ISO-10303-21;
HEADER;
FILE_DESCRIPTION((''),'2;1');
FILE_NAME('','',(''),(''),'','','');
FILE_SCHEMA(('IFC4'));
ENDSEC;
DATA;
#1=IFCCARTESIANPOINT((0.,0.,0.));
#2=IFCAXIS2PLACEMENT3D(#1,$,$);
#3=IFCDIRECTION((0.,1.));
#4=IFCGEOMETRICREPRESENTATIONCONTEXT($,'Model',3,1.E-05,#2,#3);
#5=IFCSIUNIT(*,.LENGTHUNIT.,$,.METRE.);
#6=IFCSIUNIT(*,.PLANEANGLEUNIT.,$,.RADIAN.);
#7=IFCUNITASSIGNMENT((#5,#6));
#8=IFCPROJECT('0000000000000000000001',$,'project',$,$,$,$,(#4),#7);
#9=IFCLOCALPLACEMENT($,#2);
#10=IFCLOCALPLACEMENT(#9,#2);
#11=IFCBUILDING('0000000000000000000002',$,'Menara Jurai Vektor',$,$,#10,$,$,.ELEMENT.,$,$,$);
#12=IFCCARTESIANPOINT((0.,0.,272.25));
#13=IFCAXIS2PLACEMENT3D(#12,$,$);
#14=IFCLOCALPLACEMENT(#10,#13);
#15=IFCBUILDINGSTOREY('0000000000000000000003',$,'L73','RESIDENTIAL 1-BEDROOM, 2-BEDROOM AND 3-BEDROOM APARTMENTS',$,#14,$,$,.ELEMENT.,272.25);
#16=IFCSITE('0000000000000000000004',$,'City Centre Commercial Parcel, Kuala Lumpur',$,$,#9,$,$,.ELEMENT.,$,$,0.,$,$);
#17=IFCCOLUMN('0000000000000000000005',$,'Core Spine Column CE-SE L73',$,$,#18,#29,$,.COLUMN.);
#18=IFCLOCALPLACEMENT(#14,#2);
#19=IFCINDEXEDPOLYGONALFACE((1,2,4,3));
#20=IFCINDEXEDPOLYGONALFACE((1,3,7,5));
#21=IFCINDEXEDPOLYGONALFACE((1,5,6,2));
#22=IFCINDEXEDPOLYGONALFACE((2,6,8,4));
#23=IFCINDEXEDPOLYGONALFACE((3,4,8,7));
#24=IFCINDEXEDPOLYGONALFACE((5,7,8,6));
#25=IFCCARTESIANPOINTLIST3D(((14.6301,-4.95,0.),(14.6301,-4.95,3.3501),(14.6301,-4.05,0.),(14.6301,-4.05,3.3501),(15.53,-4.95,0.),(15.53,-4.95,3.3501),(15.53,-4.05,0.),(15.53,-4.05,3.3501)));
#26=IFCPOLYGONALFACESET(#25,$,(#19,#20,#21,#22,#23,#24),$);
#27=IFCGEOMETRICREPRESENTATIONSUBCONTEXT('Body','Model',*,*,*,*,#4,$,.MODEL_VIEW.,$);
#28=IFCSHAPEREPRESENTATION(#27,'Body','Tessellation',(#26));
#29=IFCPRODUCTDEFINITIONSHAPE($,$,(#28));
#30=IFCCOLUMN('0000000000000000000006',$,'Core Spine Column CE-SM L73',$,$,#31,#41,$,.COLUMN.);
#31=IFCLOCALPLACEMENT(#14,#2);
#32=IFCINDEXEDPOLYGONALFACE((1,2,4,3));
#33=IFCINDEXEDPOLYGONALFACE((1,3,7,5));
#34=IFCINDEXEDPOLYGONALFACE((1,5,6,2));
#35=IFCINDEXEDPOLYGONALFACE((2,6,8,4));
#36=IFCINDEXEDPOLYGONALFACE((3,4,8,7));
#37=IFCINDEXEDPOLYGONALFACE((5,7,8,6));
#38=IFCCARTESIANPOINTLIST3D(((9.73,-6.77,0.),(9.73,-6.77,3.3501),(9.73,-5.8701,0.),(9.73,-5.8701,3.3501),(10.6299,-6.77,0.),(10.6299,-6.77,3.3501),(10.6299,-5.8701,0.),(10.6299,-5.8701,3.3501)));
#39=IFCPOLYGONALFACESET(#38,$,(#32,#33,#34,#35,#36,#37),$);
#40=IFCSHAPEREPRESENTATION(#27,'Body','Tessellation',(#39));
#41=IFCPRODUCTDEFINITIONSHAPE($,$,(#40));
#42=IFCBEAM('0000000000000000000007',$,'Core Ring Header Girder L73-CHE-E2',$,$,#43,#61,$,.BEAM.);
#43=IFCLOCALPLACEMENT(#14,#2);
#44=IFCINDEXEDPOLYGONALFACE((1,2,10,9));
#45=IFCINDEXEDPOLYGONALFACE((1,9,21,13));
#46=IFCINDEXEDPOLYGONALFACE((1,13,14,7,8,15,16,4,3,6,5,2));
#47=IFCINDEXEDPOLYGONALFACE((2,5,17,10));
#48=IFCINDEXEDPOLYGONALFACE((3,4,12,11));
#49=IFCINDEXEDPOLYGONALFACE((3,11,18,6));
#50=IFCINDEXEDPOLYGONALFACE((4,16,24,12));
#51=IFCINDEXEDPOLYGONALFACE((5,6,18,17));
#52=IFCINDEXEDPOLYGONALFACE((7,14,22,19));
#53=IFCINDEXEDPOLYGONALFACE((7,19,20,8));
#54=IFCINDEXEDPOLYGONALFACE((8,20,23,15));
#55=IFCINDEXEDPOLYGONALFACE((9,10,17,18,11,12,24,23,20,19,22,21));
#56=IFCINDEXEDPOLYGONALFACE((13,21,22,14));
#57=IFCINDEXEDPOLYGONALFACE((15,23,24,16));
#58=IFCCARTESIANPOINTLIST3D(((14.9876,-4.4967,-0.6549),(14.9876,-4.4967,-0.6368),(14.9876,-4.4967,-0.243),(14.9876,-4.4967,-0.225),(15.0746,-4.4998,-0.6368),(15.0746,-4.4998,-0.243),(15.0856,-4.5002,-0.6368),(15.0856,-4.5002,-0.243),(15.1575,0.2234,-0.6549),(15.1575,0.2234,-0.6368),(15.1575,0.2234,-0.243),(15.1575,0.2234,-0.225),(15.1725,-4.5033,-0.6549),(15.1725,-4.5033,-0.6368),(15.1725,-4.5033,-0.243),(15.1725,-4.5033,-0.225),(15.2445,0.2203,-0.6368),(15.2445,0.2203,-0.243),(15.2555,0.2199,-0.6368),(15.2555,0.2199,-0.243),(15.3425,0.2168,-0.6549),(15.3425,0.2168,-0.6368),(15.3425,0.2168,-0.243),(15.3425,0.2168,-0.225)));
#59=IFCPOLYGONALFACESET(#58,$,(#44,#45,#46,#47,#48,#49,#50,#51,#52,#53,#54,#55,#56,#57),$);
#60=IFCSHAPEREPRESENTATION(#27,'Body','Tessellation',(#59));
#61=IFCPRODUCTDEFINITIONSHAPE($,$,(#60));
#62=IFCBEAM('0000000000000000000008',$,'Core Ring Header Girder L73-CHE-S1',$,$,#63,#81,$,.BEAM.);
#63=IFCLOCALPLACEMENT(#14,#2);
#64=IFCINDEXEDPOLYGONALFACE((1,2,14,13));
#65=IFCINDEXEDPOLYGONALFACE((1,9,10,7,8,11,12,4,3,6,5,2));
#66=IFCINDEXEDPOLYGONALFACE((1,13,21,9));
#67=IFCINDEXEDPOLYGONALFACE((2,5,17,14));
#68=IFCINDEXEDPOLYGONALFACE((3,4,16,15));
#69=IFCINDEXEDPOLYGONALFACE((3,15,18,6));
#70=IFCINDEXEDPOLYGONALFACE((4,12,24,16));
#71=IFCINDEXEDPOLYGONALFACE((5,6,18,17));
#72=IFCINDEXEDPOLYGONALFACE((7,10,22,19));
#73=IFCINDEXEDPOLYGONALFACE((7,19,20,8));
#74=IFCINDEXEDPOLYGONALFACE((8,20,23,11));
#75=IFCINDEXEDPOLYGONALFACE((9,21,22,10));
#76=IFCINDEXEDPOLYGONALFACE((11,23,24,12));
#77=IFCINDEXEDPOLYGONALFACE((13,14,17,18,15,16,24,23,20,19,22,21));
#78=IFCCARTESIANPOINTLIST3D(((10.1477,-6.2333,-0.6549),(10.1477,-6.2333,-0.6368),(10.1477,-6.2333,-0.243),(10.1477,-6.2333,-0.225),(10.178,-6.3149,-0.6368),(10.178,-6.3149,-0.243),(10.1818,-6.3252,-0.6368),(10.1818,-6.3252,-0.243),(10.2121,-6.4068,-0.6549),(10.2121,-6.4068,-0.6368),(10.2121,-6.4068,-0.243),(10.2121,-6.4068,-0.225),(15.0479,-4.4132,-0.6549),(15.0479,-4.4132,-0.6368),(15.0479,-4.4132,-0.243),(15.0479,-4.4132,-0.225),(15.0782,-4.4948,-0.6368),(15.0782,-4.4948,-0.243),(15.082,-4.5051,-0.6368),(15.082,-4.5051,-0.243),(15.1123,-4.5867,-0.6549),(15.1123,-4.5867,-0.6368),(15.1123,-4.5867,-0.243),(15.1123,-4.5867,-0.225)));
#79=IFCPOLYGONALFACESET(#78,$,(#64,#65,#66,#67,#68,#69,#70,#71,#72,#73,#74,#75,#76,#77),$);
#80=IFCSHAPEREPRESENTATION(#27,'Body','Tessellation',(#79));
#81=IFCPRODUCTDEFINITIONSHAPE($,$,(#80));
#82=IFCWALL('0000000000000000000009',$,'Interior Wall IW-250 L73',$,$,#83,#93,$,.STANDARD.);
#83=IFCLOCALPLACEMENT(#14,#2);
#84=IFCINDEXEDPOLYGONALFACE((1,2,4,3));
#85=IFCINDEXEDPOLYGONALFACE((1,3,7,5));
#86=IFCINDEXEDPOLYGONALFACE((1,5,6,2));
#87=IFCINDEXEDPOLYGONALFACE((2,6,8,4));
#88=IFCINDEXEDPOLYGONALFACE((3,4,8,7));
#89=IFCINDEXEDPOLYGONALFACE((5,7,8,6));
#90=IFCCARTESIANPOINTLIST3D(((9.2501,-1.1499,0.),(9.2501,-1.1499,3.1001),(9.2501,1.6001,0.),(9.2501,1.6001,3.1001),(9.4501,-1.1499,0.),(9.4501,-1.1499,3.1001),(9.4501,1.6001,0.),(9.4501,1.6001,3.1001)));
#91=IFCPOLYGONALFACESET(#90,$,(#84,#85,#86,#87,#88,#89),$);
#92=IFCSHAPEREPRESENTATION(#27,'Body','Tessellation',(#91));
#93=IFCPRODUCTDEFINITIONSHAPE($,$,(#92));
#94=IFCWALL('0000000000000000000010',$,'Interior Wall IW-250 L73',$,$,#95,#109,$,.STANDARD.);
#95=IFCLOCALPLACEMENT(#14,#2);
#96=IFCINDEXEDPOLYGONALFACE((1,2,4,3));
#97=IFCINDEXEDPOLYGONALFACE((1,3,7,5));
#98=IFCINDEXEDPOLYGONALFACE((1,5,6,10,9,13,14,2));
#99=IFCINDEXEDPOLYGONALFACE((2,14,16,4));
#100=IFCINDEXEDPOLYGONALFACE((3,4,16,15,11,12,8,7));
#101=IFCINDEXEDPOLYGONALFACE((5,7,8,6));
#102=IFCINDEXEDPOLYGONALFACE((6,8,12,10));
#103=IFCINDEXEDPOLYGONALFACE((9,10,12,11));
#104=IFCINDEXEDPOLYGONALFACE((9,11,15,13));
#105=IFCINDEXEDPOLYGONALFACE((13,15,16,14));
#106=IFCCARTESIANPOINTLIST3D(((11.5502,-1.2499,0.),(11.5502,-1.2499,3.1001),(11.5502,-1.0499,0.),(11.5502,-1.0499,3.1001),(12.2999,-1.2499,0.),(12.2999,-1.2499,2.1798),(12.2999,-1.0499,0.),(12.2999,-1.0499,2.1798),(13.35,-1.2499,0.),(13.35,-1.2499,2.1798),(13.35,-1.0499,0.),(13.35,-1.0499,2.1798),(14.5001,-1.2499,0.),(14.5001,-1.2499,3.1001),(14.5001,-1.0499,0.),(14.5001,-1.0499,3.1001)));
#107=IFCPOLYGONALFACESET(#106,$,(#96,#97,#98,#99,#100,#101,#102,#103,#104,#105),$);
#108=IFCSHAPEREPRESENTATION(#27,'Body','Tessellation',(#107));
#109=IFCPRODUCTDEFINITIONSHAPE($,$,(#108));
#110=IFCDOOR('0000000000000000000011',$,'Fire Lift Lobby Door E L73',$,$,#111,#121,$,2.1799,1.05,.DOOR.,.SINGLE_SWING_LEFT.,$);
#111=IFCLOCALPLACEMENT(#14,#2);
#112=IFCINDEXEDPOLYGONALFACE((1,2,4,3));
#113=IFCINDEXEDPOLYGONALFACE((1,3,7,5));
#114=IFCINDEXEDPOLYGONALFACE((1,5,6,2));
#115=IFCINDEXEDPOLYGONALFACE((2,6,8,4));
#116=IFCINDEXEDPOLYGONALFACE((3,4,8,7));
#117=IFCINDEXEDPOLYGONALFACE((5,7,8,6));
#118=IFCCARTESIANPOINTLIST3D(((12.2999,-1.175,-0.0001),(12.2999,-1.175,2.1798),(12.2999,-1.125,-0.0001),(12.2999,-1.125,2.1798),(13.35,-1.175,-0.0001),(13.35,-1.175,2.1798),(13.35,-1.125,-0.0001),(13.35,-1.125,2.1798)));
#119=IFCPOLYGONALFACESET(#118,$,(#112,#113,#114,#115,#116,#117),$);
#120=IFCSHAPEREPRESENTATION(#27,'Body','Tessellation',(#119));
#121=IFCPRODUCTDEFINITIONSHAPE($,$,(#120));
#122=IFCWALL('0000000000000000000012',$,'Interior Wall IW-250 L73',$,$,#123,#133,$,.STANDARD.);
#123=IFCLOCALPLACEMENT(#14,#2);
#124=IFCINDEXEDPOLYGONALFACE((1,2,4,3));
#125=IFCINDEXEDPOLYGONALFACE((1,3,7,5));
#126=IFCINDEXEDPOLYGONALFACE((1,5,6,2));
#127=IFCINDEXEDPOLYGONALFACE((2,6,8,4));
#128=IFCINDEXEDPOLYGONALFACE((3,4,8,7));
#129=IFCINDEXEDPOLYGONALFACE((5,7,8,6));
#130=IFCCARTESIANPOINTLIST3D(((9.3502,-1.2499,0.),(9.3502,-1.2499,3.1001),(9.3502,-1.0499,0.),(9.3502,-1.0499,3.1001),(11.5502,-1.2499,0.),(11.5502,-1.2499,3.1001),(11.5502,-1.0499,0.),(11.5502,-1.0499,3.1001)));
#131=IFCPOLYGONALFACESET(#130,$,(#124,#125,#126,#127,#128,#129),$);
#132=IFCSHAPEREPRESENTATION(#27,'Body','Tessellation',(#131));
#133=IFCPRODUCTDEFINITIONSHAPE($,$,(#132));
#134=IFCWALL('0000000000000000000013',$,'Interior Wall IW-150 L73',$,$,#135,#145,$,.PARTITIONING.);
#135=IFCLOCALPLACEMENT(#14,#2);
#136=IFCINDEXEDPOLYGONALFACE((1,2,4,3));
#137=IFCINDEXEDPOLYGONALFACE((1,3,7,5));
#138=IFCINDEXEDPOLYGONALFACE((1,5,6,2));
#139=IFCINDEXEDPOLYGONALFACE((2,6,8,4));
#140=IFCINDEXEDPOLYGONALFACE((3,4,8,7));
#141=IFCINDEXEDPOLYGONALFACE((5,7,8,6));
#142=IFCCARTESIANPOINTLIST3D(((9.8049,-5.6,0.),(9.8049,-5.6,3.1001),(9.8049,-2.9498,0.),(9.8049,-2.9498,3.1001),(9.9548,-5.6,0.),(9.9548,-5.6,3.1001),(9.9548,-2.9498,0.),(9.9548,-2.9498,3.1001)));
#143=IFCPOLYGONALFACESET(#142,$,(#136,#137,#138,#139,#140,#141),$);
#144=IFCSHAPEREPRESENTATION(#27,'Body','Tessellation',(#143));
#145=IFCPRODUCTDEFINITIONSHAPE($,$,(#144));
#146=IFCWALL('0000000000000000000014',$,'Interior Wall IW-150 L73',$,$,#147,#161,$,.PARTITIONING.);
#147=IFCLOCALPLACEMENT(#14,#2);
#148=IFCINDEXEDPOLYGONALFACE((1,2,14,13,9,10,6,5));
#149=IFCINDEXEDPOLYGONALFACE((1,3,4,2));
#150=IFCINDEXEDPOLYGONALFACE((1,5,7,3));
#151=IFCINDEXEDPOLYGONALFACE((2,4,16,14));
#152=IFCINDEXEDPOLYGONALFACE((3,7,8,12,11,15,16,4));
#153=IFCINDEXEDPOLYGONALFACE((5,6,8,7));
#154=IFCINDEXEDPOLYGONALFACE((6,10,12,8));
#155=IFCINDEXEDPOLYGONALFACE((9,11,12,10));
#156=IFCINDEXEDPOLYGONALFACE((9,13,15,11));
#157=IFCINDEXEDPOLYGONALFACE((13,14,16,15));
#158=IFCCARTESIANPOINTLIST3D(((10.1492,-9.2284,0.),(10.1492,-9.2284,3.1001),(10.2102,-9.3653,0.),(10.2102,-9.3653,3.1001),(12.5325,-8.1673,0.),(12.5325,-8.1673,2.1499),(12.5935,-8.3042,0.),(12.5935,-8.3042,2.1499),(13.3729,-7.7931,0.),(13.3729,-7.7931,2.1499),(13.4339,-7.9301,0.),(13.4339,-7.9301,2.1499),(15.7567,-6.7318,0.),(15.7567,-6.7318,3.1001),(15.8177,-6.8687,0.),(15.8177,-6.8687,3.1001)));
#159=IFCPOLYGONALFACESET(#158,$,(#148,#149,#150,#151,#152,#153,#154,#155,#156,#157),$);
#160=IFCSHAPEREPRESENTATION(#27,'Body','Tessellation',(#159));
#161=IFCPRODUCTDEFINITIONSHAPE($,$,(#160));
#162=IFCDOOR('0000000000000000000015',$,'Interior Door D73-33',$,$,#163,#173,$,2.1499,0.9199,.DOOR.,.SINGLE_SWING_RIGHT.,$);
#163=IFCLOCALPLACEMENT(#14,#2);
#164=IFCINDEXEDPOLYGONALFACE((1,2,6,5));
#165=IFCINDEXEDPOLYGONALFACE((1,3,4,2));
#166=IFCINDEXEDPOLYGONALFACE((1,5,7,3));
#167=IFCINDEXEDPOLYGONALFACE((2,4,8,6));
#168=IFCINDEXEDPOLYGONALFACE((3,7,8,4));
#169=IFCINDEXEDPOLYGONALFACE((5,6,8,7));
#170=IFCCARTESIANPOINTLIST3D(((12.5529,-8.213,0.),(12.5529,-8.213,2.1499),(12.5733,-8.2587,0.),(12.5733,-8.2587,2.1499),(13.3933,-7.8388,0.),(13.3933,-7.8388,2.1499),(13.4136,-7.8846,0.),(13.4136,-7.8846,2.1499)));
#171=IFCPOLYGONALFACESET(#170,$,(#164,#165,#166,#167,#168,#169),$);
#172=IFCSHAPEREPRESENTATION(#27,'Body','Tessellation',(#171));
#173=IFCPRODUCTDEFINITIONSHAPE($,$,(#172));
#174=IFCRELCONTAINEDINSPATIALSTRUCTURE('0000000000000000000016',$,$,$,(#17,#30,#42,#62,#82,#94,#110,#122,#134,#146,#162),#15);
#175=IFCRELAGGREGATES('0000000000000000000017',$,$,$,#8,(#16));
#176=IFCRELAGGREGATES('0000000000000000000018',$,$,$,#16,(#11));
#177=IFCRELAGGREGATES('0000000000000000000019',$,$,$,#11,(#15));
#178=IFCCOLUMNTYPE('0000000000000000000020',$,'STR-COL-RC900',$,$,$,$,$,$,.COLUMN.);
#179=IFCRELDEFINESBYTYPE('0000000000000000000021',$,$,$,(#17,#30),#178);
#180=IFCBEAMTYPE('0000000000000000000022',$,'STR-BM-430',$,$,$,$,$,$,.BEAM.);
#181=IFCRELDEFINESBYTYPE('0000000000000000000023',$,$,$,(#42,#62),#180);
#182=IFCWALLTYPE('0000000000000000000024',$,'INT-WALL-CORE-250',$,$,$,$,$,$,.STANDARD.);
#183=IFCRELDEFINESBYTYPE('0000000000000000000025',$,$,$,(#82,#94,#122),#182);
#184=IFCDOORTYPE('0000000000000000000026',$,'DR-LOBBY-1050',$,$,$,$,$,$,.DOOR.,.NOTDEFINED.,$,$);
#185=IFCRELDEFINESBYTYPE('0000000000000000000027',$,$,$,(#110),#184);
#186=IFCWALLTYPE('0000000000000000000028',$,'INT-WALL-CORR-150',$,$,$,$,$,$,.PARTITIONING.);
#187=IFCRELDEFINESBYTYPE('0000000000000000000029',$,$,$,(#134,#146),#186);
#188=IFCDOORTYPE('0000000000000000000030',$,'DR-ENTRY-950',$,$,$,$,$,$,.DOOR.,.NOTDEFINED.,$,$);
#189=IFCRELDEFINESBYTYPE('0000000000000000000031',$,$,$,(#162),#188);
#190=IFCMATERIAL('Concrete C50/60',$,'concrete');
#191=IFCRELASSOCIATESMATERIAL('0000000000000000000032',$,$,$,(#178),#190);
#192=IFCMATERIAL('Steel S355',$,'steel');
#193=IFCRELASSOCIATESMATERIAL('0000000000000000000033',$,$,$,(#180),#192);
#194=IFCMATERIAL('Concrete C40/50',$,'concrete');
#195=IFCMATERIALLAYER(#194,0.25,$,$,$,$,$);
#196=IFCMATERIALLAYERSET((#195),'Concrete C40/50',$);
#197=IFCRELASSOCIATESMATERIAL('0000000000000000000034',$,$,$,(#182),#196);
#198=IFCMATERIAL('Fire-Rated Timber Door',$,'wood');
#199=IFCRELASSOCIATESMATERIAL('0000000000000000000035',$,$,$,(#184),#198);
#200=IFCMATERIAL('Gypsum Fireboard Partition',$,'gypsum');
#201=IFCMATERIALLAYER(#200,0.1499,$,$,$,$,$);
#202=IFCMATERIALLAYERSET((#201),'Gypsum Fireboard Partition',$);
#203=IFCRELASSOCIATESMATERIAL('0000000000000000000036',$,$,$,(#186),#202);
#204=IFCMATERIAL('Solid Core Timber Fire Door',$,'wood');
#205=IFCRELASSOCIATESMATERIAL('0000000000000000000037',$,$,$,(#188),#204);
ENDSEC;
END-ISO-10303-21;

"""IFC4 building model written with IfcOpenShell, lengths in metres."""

from ifc_helpers import new_model, si_unit, direction, frame, frame_2d, origin, origin_2d, place, context, subcontext, project, spatial, rectangle, i_section, extrude, material, layer, layer_set, material_profile, profile_set, type_object, element, fill, save


model = new_model("IFC4")

# Units and contexts
model_context = context("Model", 3, precision=1e-05, world=origin(), true_north=direction((0.0, 1.0)))
body_context = subcontext(model_context, "Body", "Model", "MODEL_VIEW")
ifc_project = project(units=[si_unit("LENGTHUNIT", "METRE"), si_unit("PLANEANGLEUNIT", "RADIAN")], contexts=[model_context])

# Site, building, storey
site_placement = place(None, origin())
site = spatial("IfcSite", under=ifc_project, at=site_placement, Name="City Centre Commercial Parcel, Kuala Lumpur", CompositionType="ELEMENT", RefElevation=0.0)
building_placement = place(site_placement, origin())
building = spatial("IfcBuilding", under=site, at=building_placement, Name="Menara Jurai Vektor", CompositionType="ELEMENT")
storey_placement = place(building_placement, frame((0.0, 0.0, 272.25)))
storey = spatial("IfcBuildingStorey", under=building, at=storey_placement, Name="L73", Description="RESIDENTIAL 1-BEDROOM, 2-BEDROOM AND 3-BEDROOM APARTMENTS", CompositionType="ELEMENT", Elevation=272.25)

# Columns
ifc_material_1 = material(Name="Concrete C50/60", Category="concrete")
ifc_material_profile_1 = material_profile(ifc_material_1, rectangle(XDim=0.8999, YDim=0.8999, at=origin_2d()), Name="RC 900x900")
ifc_profile_set_1 = profile_set([ifc_material_profile_1], Name="Concrete C50/60")
column_type = type_object("IfcColumnType", Name="STR-COL-RC900", PredefinedType="COLUMN", material=ifc_profile_set_1)
for number, where, z_axis, x_axis, name in (
    (1, (15.0801, -4.5, 0.0), (0.0, 0.0, 1.0), (1.0, 0.0, 0.0), "Core Spine Column CE-SE L73"),
    (2, (10.1799, -6.3201, 0.0), (0.0, 0.0, 1.0), (1.0, 0.0, 0.0), "Core Spine Column CE-SM L73"),
):
    element("IfcColumn", number, at=place(storey_placement, frame(where, z_axis=z_axis, x_axis=x_axis)), inside=storey, type_object=column_type, Name=name, PredefinedType="COLUMN", context=body_context, shape_type="SweptSolid", body=[
        extrude(rectangle(XDim=0.8999, YDim=0.8999, at=origin_2d()), origin(), (0.0, 0.0, 1.0), 3.3501),
    ])

# Beams
ifc_material_2 = material(Name="Steel S355", Category="steel")
ifc_material_profile_2 = material_profile(ifc_material_2, i_section(OverallWidth=0.1851, OverallDepth=0.4299, WebThickness=0.011, FlangeThickness=0.0181, at=origin_2d()), Name="PG 430x185x76")
ifc_profile_set_2 = profile_set([ifc_material_profile_2], Name="Steel S355")
beam_type = type_object("IfcBeamType", Name="STR-BM-430", PredefinedType="BEAM", material=ifc_profile_set_2)
beam_1_placement = place(storey_placement, frame((15.0801, -4.5, -0.4399), z_axis=(0.035977, 0.999353, 0.0), x_axis=(-0.999353, 0.035977, 0.0)))
element("IfcBeam", 3, at=beam_1_placement, inside=storey, type_object=beam_type, Name="Core Ring Header Girder L73-CHE-E2", PredefinedType="BEAM", context=body_context, shape_type="SweptSolid", body=[
    extrude(i_section(OverallWidth=0.1851, OverallDepth=0.4299, WebThickness=0.011, FlangeThickness=0.0181, at=origin_2d()), origin(), (0.0, 0.0, 1.0), 4.7231),
])
beam_2_placement = place(storey_placement, frame((10.1799, -6.3201, -0.4399), z_axis=(0.937424, 0.348189, 0.0), x_axis=(-0.348189, 0.937424, 0.0)))
element("IfcBeam", 4, at=beam_2_placement, inside=storey, type_object=beam_type, Name="Core Ring Header Girder L73-CHE-S1", PredefinedType="BEAM", context=body_context, shape_type="SweptSolid", body=[
    extrude(i_section(OverallWidth=0.1851, OverallDepth=0.4299, WebThickness=0.011, FlangeThickness=0.0181, at=origin_2d()), origin(), (0.0, 0.0, 1.0), 5.2273),
])

# Shared definitions
ifc_material_3 = material(Name="Concrete C40/50", Category="concrete")
ifc_layer_1 = layer(ifc_material_3, 0.25)
ifc_layer_set_1 = layer_set([ifc_layer_1], Name="Concrete C40/50")
wall_type_1 = type_object("IfcWallType", Name="INT-WALL-CORE-250", PredefinedType="STANDARD", material=ifc_layer_set_1)

# Wall
wall_1_placement = place(storey_placement, frame((9.3501, -1.1499, 0.0), z_axis=(0.0, 0.0, 1.0), x_axis=(0.0, 1.0, 0.0)))
element("IfcWall", 5, at=wall_1_placement, inside=storey, type_object=wall_type_1, Name="Interior Wall IW-250 L73", PredefinedType="STANDARD", context=body_context, shape_type="SweptSolid", body=[
    extrude(rectangle(XDim=2.75, YDim=0.2, at=frame_2d((1.375, 0.0))), origin(), (0.0, 0.0, 1.0), 3.1001),
])

# Wall, opening, door
wall_2_placement = place(storey_placement, frame((11.55, -1.1499, 0.0), z_axis=(0.0, 0.0, 1.0), x_axis=(1.0, 0.0, 0.0)))
wall_2 = element("IfcWall", 6, at=wall_2_placement, inside=storey, type_object=wall_type_1, Name="Interior Wall IW-250 L73", PredefinedType="STANDARD", context=body_context, shape_type="SweptSolid", body=[
    extrude(rectangle(XDim=2.95, YDim=0.2, at=frame_2d((1.4751, 0.0))), origin(), (0.0, 0.0, 1.0), 3.1001),
])
opening_1_placement = place(wall_2_placement, frame((0.75, 0.0, 0.0)))
opening_1 = element("IfcOpeningElement", 7, at=opening_1_placement, cuts=wall_2, PredefinedType="OPENING", context=body_context, shape_type="SweptSolid", body=[
    extrude(rectangle(XDim=1.05, YDim=2.1799, at=frame_2d((0.5249, 1.0898))), frame((0.0, 0.1099, 0.0), z_axis=(0.0, -1.0, 0.0), x_axis=(1.0, 0.0, 0.0)), (0.0, 0.0, 1.0), 0.22),
])
ifc_material_4 = material(Name="Fire-Rated Timber Door", Category="wood")
door_type_1 = type_object("IfcDoorType", Name="DR-LOBBY-1050", OperationType="NOTDEFINED", PredefinedType="DOOR", material=ifc_material_4)
door_1_placement = place(opening_1_placement, origin())
door_1 = element("IfcDoor", 8, at=door_1_placement, inside=storey, type_object=door_type_1, Name="Fire Lift Lobby Door E L73", OperationType="SINGLE_SWING_LEFT", OverallHeight=2.1799, OverallWidth=1.05, PredefinedType="DOOR", context=body_context, shape_type="SweptSolid", body=[
    extrude(rectangle(XDim=1.05, YDim=2.1799, at=frame_2d((0.5249, 1.0898))), frame((0.0, 0.0249, 0.0), z_axis=(0.0, -1.0, 0.0), x_axis=(1.0, 0.0, 0.0)), (0.0, 0.0, 1.0), 0.05),
])
fill(opening_1, door_1)

# Walls
wall_3_placement = place(storey_placement, frame((9.3501, -1.1499, 0.0), z_axis=(0.0, 0.0, 1.0), x_axis=(1.0, 0.0, 0.0)))
element("IfcWall", 9, at=wall_3_placement, inside=storey, type_object=wall_type_1, Name="Interior Wall IW-250 L73", PredefinedType="STANDARD", context=body_context, shape_type="SweptSolid", body=[
    extrude(rectangle(XDim=2.2, YDim=0.2, at=frame_2d((1.1001, 0.0))), origin(), (0.0, 0.0, 1.0), 3.1001),
])
ifc_material_5 = material(Name="Gypsum Fireboard Partition", Category="gypsum")
ifc_layer_2 = layer(ifc_material_5, 0.1499)
ifc_layer_set_2 = layer_set([ifc_layer_2], Name="Gypsum Fireboard Partition")
wall_type_2 = type_object("IfcWallType", Name="INT-WALL-CORR-150", PredefinedType="PARTITIONING", material=ifc_layer_set_2)
wall_4_placement = place(storey_placement, frame((9.8799, -5.6001, 0.0), z_axis=(0.0, 0.0, 1.0), x_axis=(0.0, 1.0, 0.0)))
element("IfcWall", 10, at=wall_4_placement, inside=storey, type_object=wall_type_2, Name="Interior Wall IW-150 L73", PredefinedType="PARTITIONING", context=body_context, shape_type="SweptSolid", body=[
    extrude(rectangle(XDim=2.6501, YDim=0.1499, at=frame_2d((1.3252, 0.0))), origin(), (0.0, 0.0, 1.0), 3.1001),
])

# Wall, opening, door
ifc_material_6 = material(Name="Solid Core Timber Fire Door", Category="wood")
door_type_2 = type_object("IfcDoorType", Name="DR-ENTRY-950", OperationType="NOTDEFINED", PredefinedType="DOOR", material=ifc_material_6)
wall_5_placement = place(storey_placement, frame((10.1797, -9.2969, 0.0), z_axis=(0.0, 0.0, 1.0), x_axis=(0.913546, 0.406736, 0.0)))
wall_5 = element("IfcWall", 11, at=wall_5_placement, inside=storey, type_object=wall_type_2, Name="Interior Wall IW-150 L73", PredefinedType="PARTITIONING", context=body_context, shape_type="SweptSolid", body=[
    extrude(rectangle(XDim=6.1382, YDim=0.1499, at=frame_2d((3.0691, 0.0))), origin(), (0.0, 0.0, 1.0), 3.1001),
])
opening_2_placement = place(wall_5_placement, frame((2.6089, 0.0, 0.0)))
opening_2 = element("IfcOpeningElement", 12, at=opening_2_placement, cuts=wall_5, PredefinedType="OPENING", context=body_context, shape_type="SweptSolid", body=[
    extrude(rectangle(XDim=0.9199, YDim=2.1499, at=frame_2d((0.46, 1.075))), frame((0.0, 0.085, 0.0), z_axis=(0.0, -1.0, 0.0), x_axis=(1.0, 0.0, 0.0)), (0.0, 0.0, 1.0), 0.1699),
])
door_2_placement = place(opening_2_placement, origin())
door_2 = element("IfcDoor", 13, at=door_2_placement, inside=storey, type_object=door_type_2, Name="Interior Door D73-33", OperationType="SINGLE_SWING_RIGHT", OverallHeight=2.1499, OverallWidth=0.9199, PredefinedType="DOOR", context=body_context, shape_type="SweptSolid", body=[
    extrude(rectangle(XDim=0.9199, YDim=2.1499, at=frame_2d((0.46, 1.075))), frame((0.0, 0.0249, 0.0), z_axis=(0.0, -1.0, 0.0), x_axis=(1.0, 0.0, 0.0)), (0.0, 0.0, 1.0), 0.05),
])
fill(opening_2, door_2)

save(model, "model.ifc")
